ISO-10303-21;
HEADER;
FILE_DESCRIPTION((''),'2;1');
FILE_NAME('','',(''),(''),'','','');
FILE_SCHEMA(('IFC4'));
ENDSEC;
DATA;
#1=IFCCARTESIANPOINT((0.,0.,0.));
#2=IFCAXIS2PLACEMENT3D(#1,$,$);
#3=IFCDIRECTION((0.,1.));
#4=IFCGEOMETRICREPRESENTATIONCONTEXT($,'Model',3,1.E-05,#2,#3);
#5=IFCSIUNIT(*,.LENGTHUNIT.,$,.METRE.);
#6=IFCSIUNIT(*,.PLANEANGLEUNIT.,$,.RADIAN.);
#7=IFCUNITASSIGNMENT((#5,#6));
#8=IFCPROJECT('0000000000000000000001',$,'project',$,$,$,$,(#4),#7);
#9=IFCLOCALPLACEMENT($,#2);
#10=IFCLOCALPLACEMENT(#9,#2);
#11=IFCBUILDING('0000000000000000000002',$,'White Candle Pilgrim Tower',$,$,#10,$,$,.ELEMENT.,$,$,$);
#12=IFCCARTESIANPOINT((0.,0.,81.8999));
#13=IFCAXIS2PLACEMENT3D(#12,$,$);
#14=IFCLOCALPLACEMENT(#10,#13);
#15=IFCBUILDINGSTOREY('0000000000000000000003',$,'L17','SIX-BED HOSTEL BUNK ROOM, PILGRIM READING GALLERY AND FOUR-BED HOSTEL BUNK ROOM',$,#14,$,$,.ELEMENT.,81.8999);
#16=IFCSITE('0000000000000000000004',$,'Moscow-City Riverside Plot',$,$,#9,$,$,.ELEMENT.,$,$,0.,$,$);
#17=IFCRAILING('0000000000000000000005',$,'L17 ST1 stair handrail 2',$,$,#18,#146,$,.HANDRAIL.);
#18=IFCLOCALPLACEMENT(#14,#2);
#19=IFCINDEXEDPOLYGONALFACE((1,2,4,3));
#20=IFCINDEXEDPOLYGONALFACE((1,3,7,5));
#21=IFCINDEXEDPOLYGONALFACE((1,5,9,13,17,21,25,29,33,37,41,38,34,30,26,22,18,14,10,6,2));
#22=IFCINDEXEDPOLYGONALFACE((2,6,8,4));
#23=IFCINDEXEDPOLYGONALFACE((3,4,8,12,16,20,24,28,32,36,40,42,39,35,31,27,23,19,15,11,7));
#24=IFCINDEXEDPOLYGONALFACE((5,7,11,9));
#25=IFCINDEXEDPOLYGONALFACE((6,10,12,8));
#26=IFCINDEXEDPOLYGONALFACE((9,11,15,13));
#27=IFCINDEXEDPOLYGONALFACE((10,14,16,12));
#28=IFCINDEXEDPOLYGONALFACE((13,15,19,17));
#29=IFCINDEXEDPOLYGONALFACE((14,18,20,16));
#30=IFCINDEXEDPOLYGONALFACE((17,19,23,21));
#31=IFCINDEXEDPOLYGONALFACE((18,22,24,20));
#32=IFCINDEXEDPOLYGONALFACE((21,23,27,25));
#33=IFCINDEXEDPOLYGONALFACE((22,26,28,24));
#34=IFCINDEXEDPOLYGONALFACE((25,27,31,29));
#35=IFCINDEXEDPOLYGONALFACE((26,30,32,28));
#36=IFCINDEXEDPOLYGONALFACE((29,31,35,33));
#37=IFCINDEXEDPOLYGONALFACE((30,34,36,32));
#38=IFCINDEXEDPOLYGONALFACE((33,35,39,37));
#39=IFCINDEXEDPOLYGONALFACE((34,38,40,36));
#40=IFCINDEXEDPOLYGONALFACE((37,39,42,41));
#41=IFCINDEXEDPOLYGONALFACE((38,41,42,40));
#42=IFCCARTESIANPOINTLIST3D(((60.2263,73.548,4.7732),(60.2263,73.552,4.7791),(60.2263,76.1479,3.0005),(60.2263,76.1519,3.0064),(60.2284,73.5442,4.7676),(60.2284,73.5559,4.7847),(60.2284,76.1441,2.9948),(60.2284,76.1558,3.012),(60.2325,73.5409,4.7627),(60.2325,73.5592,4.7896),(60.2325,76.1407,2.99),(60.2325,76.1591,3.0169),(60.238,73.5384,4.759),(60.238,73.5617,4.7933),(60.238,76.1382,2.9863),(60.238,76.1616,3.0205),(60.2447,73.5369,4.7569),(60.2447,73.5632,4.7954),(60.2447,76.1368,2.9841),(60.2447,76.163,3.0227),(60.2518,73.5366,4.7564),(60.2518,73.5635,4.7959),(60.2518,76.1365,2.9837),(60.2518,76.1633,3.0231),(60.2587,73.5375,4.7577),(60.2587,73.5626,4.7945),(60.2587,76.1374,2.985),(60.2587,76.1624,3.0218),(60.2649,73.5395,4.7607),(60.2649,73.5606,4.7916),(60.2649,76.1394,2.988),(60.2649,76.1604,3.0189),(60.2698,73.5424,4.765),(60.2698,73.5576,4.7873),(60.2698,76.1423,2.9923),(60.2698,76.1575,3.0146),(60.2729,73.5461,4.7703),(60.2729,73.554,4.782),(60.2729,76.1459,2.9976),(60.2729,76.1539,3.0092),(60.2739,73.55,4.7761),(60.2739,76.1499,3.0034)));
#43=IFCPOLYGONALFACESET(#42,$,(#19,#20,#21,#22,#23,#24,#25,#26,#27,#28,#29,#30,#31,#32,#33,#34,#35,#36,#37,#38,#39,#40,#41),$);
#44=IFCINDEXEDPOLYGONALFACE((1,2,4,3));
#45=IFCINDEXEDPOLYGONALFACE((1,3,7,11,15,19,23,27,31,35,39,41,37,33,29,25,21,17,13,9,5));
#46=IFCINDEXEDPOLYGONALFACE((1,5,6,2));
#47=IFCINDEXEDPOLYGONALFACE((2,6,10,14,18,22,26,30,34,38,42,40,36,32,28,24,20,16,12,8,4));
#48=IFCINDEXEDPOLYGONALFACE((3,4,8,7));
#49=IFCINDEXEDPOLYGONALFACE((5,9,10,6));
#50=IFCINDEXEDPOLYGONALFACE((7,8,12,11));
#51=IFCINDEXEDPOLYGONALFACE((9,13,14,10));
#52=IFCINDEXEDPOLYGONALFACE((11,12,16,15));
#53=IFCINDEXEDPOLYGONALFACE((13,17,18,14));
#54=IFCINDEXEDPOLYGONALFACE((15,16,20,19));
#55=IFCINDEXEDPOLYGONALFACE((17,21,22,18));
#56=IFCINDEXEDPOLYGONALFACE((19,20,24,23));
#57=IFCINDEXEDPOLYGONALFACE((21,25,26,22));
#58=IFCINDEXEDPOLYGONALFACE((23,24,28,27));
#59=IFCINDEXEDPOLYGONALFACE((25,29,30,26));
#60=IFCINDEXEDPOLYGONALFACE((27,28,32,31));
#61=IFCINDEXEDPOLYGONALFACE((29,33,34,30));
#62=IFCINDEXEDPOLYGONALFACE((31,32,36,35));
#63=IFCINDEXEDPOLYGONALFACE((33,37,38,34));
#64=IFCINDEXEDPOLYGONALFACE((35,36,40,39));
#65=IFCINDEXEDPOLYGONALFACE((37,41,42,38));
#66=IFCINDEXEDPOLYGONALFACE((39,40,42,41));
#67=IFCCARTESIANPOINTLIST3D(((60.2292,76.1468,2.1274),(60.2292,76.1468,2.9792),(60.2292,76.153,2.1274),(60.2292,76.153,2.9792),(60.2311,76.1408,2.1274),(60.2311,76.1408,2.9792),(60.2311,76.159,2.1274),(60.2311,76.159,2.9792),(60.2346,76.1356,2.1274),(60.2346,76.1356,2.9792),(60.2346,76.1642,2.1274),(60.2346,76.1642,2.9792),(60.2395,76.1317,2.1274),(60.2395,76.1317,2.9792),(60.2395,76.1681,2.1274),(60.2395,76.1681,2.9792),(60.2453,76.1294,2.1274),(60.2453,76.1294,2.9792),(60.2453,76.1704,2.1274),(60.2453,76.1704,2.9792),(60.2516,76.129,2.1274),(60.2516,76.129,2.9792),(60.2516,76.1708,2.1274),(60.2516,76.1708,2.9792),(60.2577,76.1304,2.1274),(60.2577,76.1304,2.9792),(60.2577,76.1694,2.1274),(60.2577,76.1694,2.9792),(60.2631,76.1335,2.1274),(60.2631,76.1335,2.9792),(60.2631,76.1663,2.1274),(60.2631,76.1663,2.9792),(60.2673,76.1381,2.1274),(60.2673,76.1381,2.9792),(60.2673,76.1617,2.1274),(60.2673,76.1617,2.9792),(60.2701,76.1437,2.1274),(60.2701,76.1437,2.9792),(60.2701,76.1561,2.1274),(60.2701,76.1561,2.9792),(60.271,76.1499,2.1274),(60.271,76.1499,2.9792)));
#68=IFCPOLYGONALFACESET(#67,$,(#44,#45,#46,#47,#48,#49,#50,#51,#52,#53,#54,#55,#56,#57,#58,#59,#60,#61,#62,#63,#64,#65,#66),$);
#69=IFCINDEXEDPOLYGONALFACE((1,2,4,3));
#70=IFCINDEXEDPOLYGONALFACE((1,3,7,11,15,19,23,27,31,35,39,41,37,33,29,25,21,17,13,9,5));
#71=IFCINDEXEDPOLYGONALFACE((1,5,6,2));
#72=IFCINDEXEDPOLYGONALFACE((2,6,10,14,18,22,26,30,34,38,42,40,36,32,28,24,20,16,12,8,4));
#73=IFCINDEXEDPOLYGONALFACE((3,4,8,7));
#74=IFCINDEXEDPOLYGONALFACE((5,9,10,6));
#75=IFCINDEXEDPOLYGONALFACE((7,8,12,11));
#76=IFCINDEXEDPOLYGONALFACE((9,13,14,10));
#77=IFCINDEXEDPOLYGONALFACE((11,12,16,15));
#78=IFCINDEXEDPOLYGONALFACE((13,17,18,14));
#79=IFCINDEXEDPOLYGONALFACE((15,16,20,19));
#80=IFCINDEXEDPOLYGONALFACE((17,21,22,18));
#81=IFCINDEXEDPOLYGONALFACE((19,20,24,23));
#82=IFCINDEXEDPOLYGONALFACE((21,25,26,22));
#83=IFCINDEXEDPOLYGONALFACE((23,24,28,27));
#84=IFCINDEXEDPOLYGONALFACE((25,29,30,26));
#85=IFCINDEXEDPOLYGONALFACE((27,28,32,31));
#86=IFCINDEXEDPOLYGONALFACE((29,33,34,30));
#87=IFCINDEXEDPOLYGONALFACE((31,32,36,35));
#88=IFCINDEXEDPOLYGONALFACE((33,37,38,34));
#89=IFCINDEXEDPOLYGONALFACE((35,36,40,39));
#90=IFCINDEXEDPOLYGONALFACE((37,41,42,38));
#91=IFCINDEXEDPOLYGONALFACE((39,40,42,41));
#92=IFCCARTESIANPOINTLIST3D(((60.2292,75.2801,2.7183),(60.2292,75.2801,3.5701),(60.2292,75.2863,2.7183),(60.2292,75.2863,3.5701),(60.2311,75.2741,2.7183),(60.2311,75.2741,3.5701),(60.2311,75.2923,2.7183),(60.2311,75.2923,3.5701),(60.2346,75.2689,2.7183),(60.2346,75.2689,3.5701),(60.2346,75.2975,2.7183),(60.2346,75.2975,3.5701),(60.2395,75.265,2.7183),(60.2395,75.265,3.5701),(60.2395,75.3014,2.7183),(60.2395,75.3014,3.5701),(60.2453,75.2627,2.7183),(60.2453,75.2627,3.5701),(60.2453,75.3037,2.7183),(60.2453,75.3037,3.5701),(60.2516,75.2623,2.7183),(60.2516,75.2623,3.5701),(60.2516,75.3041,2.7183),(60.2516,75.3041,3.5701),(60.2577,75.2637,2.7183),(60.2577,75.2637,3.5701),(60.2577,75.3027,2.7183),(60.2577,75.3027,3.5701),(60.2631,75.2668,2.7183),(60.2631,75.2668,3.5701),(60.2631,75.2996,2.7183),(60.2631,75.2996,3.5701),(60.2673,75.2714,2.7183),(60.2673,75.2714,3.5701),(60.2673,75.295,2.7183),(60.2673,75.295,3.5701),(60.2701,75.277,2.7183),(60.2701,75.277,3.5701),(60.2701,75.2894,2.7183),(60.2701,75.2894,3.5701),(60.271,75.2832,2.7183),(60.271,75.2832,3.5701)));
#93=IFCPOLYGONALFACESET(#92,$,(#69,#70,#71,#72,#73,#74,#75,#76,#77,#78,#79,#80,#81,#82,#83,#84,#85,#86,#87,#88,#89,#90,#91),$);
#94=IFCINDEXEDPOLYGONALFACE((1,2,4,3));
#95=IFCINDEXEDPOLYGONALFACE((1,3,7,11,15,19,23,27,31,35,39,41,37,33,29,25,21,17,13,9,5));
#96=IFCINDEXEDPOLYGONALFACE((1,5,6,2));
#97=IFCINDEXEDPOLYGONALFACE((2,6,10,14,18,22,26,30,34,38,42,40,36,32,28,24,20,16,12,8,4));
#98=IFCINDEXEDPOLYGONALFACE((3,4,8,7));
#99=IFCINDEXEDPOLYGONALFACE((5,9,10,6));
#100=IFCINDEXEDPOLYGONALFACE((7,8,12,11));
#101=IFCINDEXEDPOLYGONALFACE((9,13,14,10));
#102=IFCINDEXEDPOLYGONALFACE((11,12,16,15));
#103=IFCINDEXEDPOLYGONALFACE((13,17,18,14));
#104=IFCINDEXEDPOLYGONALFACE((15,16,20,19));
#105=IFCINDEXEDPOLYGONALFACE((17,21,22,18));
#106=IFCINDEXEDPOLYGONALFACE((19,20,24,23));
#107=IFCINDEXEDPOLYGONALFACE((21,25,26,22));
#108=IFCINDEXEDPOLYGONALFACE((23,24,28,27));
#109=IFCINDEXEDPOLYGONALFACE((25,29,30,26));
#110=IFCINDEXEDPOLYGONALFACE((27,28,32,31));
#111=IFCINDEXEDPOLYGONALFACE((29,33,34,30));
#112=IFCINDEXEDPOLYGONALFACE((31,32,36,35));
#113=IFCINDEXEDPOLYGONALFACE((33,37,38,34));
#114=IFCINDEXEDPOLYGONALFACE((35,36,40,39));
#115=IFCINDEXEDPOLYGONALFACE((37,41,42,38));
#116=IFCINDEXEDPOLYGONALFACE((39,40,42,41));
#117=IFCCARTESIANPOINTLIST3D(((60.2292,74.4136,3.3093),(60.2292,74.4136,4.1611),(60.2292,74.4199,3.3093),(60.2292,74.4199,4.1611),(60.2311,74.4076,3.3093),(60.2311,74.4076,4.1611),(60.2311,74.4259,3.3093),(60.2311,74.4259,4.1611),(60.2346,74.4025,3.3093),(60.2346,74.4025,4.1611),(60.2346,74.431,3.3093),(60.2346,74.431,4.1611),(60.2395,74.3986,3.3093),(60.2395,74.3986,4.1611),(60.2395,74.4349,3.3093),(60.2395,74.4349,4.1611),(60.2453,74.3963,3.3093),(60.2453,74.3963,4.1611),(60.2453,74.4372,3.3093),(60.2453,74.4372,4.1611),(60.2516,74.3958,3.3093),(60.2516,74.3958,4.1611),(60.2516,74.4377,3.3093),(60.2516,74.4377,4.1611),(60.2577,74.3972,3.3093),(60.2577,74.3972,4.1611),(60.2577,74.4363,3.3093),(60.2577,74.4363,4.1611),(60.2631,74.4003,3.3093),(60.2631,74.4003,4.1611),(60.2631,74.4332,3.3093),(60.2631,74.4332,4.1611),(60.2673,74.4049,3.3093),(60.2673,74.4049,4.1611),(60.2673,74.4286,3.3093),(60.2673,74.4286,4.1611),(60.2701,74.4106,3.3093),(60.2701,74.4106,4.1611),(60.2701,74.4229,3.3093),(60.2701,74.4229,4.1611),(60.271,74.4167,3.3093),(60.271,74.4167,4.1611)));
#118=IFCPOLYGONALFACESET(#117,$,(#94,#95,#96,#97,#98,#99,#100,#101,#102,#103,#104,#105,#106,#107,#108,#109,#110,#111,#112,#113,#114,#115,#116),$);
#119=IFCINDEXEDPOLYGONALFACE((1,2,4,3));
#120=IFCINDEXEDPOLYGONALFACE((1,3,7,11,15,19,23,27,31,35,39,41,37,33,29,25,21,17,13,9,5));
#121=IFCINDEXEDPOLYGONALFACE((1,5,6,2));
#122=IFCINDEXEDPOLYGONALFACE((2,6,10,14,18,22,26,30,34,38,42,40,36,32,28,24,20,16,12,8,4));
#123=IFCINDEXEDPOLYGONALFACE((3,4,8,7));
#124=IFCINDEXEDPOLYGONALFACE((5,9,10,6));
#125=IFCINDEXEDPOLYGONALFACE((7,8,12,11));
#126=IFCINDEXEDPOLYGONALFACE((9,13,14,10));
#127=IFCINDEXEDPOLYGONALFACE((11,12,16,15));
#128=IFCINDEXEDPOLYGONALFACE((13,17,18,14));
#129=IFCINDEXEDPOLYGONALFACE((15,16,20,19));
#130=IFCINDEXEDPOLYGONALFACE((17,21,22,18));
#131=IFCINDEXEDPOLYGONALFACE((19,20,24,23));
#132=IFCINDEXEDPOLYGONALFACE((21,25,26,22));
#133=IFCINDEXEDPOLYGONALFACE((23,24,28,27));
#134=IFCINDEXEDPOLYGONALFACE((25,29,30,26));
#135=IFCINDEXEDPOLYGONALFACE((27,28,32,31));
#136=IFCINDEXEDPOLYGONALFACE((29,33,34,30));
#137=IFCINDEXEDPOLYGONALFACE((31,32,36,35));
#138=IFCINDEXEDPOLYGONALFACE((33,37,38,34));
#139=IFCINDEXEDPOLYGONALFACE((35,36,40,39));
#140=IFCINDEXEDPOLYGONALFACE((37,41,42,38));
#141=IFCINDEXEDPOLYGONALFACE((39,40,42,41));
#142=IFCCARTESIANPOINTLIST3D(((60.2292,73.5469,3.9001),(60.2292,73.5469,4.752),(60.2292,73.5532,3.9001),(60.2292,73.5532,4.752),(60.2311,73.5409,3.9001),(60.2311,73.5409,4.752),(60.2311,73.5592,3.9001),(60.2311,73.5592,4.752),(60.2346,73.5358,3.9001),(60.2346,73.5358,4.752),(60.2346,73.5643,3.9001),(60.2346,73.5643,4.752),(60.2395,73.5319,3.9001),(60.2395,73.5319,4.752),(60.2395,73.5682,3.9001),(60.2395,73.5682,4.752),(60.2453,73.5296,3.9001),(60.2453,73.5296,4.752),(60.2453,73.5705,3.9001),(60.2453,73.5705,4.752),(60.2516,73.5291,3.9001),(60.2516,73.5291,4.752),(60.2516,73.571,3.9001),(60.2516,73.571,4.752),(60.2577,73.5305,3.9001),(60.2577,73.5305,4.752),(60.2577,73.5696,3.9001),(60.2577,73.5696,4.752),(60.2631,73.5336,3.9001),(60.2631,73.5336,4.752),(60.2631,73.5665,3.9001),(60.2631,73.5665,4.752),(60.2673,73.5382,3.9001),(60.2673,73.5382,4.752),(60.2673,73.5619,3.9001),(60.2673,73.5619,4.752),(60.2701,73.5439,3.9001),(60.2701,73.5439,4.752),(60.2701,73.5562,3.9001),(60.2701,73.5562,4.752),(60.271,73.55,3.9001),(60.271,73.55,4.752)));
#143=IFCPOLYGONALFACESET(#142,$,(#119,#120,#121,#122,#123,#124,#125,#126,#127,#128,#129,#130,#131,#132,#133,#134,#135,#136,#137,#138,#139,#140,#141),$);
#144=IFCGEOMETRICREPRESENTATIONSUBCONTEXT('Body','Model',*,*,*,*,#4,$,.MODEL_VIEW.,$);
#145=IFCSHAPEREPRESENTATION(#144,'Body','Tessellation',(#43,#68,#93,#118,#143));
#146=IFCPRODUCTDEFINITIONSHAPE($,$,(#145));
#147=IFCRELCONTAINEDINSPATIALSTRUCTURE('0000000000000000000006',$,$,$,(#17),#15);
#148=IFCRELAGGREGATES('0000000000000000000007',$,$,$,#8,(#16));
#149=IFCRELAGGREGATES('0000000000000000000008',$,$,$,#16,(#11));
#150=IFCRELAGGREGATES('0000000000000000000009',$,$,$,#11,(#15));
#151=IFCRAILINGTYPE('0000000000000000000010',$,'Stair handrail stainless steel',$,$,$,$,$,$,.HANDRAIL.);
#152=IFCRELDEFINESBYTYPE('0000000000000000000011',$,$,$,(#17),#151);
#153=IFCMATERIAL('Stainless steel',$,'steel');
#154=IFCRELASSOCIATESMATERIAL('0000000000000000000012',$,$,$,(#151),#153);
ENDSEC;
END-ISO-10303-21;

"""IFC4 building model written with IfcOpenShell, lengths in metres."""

from ifc_helpers import new_model, si_unit, direction, frame, origin, origin_2d, place, context, subcontext, project, spatial, circle, extrude, material, type_object, element, save


model = new_model("IFC4")

# Units and contexts
model_context = context("Model", 3, precision=1e-05, world=origin(), true_north=direction((0.0, 1.0)))
body_context = subcontext(model_context, "Body", "Model", "MODEL_VIEW")
ifc_project = project(units=[si_unit("LENGTHUNIT", "METRE"), si_unit("PLANEANGLEUNIT", "RADIAN")], contexts=[model_context])

# Site, building, storey
site_placement = place(None, origin())
site = spatial("IfcSite", under=ifc_project, at=site_placement, Name="Moscow-City Riverside Plot", CompositionType="ELEMENT", RefElevation=0.0)
building_placement = place(site_placement, origin())
building = spatial("IfcBuilding", under=site, at=building_placement, Name="White Candle Pilgrim Tower", CompositionType="ELEMENT")
storey_placement = place(building_placement, frame((0.0, 0.0, 81.8999)))
storey = spatial("IfcBuildingStorey", under=building, at=storey_placement, Name="L17", Description="SIX-BED HOSTEL BUNK ROOM, PILGRIM READING GALLERY AND FOUR-BED HOSTEL BUNK ROOM", CompositionType="ELEMENT", Elevation=81.8999)

# Railing
ifc_material_1 = material(Name="Stainless steel", Category="steel")
railing_type_1 = type_object("IfcRailingType", Name="Stair handrail stainless steel", PredefinedType="HANDRAIL", material=ifc_material_1)
railing_1_placement = place(storey_placement, frame((60.25, 76.1499, 2.1274)))
element("IfcRailing", 1, at=railing_1_placement, inside=storey, type_object=railing_type_1, Name="L17 ST1 stair handrail 2", PredefinedType="HANDRAIL", context=body_context, shape_type="SweptSolid", body=[
    extrude(circle(Radius=0.0239, at=origin_2d()), frame((0.0, 0.0, 0.876), z_axis=(0.0, -0.826216, 0.563354), x_axis=(1.0, 0.0, 0.0)), (0.0, 0.0, 1.0), 3.1467),
    extrude(circle(Radius=0.021, at=origin_2d()), origin(), (0.0, 0.0, 1.0), 0.8518),
    extrude(circle(Radius=0.021, at=origin_2d()), frame((0.0, -0.8667, 0.5908)), (0.0, 0.0, 1.0), 0.8518),
    extrude(circle(Radius=0.021, at=origin_2d()), frame((0.0, -1.7332, 1.1819)), (0.0, 0.0, 1.0), 0.8518),
    extrude(circle(Radius=0.021, at=origin_2d()), frame((0.0, -2.5999, 1.7727)), (0.0, 0.0, 1.0), 0.8518),
])

save(model, "model.ifc")
